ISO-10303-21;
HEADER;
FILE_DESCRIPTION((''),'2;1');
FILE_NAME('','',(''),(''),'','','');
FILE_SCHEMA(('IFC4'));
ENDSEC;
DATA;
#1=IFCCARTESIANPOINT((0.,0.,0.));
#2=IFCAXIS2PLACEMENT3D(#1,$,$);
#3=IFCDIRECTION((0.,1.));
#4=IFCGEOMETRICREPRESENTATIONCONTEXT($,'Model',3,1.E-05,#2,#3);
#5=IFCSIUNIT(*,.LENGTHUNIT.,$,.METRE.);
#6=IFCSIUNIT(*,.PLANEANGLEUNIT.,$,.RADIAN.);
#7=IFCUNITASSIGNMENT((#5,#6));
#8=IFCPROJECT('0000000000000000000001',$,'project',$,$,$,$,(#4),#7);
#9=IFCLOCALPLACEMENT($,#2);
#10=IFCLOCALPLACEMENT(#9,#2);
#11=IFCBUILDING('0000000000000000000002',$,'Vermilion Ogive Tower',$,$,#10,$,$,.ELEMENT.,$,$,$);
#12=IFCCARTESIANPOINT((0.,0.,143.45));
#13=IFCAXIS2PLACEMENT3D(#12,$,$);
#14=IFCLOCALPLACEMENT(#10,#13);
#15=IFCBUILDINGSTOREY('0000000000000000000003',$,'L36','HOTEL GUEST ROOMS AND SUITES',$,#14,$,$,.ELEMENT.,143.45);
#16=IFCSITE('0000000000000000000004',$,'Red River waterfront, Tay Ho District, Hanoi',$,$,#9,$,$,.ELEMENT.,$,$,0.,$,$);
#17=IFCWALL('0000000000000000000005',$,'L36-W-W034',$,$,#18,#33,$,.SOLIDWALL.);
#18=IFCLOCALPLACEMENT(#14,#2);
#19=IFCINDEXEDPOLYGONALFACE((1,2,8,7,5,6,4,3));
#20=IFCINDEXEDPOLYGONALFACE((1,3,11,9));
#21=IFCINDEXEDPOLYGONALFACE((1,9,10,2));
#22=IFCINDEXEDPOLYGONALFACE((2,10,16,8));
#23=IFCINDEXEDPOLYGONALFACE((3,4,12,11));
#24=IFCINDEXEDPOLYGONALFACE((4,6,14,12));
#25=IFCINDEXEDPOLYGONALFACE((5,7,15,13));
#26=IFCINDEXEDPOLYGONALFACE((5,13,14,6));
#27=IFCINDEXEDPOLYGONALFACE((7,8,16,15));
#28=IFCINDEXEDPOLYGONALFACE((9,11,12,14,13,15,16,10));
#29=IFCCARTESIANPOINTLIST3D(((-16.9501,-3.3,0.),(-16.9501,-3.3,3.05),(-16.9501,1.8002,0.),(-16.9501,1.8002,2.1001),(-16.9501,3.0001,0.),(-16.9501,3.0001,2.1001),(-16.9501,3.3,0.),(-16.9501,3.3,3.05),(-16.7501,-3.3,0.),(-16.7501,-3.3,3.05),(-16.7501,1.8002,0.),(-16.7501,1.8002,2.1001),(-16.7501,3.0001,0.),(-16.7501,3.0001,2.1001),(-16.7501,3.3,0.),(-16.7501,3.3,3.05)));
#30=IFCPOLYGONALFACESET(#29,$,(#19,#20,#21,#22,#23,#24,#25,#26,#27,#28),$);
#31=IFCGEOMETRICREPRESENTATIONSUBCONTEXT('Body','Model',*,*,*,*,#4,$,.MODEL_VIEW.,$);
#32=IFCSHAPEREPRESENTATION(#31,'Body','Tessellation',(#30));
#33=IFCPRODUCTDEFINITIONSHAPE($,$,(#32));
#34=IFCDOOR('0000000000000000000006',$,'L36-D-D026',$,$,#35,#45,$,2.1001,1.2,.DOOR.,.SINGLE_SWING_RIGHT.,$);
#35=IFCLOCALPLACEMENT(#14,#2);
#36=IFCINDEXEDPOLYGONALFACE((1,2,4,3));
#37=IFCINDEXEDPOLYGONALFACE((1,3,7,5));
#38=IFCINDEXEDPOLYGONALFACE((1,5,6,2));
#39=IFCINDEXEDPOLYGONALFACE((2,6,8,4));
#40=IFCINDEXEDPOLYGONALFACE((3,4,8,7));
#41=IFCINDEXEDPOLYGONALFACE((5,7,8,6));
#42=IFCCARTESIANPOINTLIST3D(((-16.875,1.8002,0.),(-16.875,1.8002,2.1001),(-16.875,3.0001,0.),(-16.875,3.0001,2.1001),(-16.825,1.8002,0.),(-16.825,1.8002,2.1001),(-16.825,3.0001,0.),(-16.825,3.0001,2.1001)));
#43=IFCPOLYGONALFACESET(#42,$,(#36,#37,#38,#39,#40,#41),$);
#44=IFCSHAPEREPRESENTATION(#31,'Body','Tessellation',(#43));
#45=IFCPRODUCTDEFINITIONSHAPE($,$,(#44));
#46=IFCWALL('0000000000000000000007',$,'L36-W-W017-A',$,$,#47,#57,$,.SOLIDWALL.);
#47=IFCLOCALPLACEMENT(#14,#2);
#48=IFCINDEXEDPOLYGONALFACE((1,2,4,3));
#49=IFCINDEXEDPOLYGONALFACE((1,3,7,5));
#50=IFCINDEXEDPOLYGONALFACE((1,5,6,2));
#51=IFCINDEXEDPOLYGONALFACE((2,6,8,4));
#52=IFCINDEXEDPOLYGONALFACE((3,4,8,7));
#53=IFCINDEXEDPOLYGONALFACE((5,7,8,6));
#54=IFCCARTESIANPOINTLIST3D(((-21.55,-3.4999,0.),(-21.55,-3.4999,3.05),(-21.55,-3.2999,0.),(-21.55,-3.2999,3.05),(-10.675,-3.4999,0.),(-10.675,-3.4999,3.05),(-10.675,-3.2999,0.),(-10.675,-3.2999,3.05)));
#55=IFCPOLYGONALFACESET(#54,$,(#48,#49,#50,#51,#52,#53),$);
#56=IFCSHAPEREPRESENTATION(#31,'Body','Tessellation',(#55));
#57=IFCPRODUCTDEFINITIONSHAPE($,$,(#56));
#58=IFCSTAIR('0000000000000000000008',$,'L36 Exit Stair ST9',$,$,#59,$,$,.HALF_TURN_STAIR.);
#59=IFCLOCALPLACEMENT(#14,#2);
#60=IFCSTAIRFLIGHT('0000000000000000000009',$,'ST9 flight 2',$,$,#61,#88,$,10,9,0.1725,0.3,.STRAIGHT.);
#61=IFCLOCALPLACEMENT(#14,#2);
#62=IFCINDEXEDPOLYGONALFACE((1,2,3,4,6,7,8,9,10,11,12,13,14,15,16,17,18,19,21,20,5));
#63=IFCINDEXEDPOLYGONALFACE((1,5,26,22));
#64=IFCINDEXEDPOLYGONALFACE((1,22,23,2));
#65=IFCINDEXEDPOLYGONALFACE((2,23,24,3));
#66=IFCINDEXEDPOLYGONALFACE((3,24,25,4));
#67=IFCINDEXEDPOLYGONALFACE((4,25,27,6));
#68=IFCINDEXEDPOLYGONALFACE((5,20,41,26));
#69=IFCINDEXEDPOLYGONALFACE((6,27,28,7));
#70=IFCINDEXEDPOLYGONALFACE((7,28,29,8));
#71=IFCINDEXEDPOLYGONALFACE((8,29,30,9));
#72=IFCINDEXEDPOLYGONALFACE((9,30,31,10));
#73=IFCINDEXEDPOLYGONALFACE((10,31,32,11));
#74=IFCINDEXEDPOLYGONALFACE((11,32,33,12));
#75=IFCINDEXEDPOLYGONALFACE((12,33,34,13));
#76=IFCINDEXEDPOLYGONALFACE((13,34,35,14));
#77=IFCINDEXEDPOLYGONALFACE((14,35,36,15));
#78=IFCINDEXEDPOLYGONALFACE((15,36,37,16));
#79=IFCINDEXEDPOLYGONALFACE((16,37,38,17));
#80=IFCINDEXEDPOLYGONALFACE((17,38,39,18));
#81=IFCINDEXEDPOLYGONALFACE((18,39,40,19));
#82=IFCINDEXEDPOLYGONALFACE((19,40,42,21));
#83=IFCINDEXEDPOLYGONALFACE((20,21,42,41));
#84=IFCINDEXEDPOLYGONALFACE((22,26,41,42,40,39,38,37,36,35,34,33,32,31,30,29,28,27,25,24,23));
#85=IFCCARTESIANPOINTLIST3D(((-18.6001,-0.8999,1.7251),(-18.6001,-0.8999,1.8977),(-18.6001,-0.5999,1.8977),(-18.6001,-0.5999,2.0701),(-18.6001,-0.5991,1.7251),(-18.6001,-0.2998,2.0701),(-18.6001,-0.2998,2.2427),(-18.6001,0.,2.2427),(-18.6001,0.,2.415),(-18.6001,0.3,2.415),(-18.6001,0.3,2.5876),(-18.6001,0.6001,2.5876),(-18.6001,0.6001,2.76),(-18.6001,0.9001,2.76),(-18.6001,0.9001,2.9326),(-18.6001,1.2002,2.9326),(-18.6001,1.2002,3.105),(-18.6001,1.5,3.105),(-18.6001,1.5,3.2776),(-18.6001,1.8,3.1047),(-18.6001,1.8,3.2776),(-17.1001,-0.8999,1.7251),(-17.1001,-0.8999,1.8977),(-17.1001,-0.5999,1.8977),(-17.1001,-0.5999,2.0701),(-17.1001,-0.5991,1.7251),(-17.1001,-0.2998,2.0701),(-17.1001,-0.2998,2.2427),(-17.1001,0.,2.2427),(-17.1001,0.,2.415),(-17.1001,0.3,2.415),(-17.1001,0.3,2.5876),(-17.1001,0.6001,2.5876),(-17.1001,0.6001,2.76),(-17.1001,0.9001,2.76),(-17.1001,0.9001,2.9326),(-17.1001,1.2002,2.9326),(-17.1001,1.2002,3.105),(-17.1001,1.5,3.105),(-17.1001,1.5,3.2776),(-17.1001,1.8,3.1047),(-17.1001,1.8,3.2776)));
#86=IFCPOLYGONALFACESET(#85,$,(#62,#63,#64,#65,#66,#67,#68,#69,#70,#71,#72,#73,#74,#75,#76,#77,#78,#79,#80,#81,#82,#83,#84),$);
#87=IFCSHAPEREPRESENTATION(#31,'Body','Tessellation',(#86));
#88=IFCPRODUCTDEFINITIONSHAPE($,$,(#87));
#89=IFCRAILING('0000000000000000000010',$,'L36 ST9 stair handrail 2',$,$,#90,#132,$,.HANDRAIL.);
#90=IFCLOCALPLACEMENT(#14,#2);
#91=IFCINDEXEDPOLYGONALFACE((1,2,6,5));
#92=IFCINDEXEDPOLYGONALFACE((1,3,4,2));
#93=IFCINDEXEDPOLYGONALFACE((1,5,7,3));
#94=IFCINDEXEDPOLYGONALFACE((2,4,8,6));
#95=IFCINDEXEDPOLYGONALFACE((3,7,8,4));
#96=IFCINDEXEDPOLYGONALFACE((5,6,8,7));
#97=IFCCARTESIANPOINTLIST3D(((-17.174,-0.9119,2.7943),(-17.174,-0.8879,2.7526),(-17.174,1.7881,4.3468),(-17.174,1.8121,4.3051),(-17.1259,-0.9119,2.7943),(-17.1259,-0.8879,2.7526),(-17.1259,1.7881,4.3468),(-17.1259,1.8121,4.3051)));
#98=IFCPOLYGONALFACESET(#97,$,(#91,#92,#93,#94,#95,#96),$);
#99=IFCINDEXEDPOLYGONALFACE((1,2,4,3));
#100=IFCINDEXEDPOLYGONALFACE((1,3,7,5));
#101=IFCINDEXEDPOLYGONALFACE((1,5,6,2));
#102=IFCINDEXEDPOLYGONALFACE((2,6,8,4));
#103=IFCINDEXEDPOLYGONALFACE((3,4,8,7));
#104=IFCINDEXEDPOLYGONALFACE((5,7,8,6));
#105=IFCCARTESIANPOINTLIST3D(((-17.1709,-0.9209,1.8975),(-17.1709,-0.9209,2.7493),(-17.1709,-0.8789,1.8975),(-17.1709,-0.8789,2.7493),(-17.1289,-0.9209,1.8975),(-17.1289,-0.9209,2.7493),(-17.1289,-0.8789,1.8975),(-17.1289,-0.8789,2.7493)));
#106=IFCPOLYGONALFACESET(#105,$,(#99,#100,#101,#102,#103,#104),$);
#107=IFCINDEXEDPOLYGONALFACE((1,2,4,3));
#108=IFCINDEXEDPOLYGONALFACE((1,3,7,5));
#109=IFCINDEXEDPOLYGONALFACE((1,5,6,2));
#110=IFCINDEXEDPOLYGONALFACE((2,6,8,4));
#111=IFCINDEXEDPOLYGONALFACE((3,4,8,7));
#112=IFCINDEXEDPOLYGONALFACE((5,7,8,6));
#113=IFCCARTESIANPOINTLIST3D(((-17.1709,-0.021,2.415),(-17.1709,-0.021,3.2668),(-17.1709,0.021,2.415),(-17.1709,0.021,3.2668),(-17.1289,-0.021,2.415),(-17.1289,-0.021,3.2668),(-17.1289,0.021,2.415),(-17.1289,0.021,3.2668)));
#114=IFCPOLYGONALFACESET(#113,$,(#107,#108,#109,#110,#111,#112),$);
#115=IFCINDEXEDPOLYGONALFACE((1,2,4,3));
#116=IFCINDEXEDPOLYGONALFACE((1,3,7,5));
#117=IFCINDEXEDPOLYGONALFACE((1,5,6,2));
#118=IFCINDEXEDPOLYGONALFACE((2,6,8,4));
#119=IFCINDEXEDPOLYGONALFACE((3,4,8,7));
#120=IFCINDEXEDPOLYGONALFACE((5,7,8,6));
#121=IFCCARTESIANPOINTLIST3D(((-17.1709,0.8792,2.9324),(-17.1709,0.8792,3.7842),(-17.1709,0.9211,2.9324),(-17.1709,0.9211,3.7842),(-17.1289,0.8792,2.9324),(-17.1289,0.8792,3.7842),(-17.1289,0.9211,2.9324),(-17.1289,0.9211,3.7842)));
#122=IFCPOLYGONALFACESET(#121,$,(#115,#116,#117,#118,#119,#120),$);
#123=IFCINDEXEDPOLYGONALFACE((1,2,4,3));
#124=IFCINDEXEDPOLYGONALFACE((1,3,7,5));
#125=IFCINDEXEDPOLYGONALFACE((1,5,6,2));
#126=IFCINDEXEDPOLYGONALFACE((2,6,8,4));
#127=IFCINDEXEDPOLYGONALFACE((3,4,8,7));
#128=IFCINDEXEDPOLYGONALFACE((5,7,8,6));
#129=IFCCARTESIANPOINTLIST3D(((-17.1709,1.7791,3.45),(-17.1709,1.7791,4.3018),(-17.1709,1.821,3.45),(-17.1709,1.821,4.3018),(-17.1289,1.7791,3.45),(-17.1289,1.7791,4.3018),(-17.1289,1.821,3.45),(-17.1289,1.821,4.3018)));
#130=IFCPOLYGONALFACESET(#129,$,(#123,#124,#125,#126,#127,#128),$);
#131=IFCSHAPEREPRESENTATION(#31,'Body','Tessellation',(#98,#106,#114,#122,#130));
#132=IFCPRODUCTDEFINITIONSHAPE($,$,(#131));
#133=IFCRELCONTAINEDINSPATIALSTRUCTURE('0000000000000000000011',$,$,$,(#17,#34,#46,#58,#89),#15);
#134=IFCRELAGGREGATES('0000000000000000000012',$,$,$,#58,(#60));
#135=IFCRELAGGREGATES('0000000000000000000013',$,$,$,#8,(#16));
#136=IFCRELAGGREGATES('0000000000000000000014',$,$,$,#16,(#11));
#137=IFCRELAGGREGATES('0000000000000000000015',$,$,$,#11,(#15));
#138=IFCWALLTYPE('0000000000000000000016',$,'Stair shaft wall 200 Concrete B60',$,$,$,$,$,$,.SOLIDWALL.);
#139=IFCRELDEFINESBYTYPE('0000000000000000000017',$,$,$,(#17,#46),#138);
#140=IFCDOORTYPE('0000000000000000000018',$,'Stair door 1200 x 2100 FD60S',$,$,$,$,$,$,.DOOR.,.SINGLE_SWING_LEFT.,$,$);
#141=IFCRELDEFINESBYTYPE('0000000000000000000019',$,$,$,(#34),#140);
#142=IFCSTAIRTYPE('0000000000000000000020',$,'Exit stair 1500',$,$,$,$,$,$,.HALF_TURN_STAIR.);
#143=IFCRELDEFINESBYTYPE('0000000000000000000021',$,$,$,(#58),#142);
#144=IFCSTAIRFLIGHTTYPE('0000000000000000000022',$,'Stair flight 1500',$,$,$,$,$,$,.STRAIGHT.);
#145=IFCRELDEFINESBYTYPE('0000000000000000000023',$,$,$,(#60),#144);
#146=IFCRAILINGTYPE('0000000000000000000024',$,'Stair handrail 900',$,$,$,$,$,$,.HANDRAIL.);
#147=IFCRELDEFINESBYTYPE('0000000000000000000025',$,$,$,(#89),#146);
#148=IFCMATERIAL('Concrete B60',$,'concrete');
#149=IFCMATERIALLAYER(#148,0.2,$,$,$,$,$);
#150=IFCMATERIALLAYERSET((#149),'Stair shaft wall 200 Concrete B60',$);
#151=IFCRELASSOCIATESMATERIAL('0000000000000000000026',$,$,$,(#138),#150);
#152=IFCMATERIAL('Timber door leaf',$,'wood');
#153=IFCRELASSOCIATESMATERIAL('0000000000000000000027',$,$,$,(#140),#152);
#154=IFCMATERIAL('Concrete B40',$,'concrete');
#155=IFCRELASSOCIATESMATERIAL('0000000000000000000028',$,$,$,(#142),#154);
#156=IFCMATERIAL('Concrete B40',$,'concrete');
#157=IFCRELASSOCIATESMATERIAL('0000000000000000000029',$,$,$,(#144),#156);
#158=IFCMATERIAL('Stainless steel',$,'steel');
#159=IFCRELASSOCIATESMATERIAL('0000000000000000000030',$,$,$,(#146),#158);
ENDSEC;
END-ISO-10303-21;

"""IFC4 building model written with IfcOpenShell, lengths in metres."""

from ifc_helpers import new_model, si_unit, direction, frame, frame_2d, origin, origin_2d, place, context, subcontext, project, spatial, polyline, rectangle, outline, extrude, material, layer, layer_set, type_object, element, fill, aggregate, save


model = new_model("IFC4")

# Units and contexts
model_context = context("Model", 3, precision=1e-05, world=origin(), true_north=direction((0.0, 1.0)))
body_context = subcontext(model_context, "Body", "Model", "MODEL_VIEW")
ifc_project = project(units=[si_unit("LENGTHUNIT", "METRE"), si_unit("PLANEANGLEUNIT", "RADIAN")], contexts=[model_context])

# Site, building, storey
site_placement = place(None, origin())
site = spatial("IfcSite", under=ifc_project, at=site_placement, Name="Red River waterfront, Tay Ho District, Hanoi", CompositionType="ELEMENT", RefElevation=0.0)
building_placement = place(site_placement, origin())
building = spatial("IfcBuilding", under=site, at=building_placement, Name="Vermilion Ogive Tower", CompositionType="ELEMENT")
storey_placement = place(building_placement, frame((0.0, 0.0, 143.45)))
storey = spatial("IfcBuildingStorey", under=building, at=storey_placement, Name="L36", Description="HOTEL GUEST ROOMS AND SUITES", CompositionType="ELEMENT", Elevation=143.45)

# Shared definitions
ifc_material_1 = material(Name="Concrete B60", Category="concrete")
ifc_layer_1 = layer(ifc_material_1, 0.2)
ifc_layer_set_1 = layer_set([ifc_layer_1], Name="Stair shaft wall 200 Concrete B60")
wall_type_1 = type_object("IfcWallType", Name="Stair shaft wall 200 Concrete B60", PredefinedType="SOLIDWALL", material=ifc_layer_set_1)

# Wall, opening, door
wall_1_placement = place(storey_placement, frame((-16.8501, -3.3, 0.0), z_axis=(0.0, 0.0, 1.0), x_axis=(0.0, 1.0, 0.0)))
wall_1 = element("IfcWall", 1, at=wall_1_placement, inside=storey, type_object=wall_type_1, Name="L36-W-W034", PredefinedType="SOLIDWALL", context=body_context, shape_type="SweptSolid", body=[
    extrude(rectangle(XDim=6.6001, YDim=0.2, at=frame_2d((3.3, 0.0))), origin(), (0.0, 0.0, 1.0), 3.05),
])
opening_1_placement = place(wall_1_placement, frame((5.1001, 0.0, 0.0)))
opening_1 = element("IfcOpeningElement", 2, at=opening_1_placement, cuts=wall_1, PredefinedType="OPENING", context=body_context, shape_type="SweptSolid", body=[
    extrude(rectangle(XDim=1.2, YDim=2.1001, at=frame_2d((0.6001, 1.05))), frame((0.0, 0.1099, 0.0), z_axis=(0.0, -1.0, 0.0), x_axis=(1.0, 0.0, 0.0)), (0.0, 0.0, 1.0), 0.22),
])
ifc_material_2 = material(Name="Timber door leaf", Category="wood")
door_type_1 = type_object("IfcDoorType", Name="Stair door 1200 x 2100 FD60S", OperationType="SINGLE_SWING_LEFT", PredefinedType="DOOR", material=ifc_material_2)
door_1_placement = place(opening_1_placement, origin())
door_1 = element("IfcDoor", 3, at=door_1_placement, inside=storey, type_object=door_type_1, Name="L36-D-D026", OperationType="SINGLE_SWING_RIGHT", OverallHeight=2.1001, OverallWidth=1.2, PredefinedType="DOOR", context=body_context, shape_type="SweptSolid", body=[
    extrude(rectangle(XDim=1.2, YDim=2.1001, at=frame_2d((0.6001, 1.05))), frame((0.0, 0.0249, 0.0), z_axis=(0.0, -1.0, 0.0), x_axis=(1.0, 0.0, 0.0)), (0.0, 0.0, 1.0), 0.05),
])
fill(opening_1, door_1)

# Wall
wall_2_placement = place(storey_placement, frame((-21.55, -3.3999, 0.0), z_axis=(0.0, 0.0, 1.0), x_axis=(1.0, 0.0, 0.0)))
element("IfcWall", 4, at=wall_2_placement, inside=storey, type_object=wall_type_1, Name="L36-W-W017-A", PredefinedType="SOLIDWALL", context=body_context, shape_type="SweptSolid", body=[
    extrude(rectangle(XDim=10.875, YDim=0.2, at=frame_2d((5.4375, 0.0))), origin(), (0.0, 0.0, 1.0), 3.05),
])

# Stair, stair flight
ifc_material_3 = material(Name="Concrete B40", Category="concrete")
stair_type = type_object("IfcStairType", Name="Exit stair 1500", PredefinedType="HALF_TURN_STAIR", material=ifc_material_3)
stair_placement = place(storey_placement, origin())
stair = element("IfcStair", 5, at=stair_placement, inside=storey, type_object=stair_type, Name="L36 Exit Stair ST9", PredefinedType="HALF_TURN_STAIR")
ifc_material_4 = material(Name="Concrete B40", Category="concrete")
stair_flight_type = type_object("IfcStairFlightType", Name="Stair flight 1500", PredefinedType="STRAIGHT", material=ifc_material_4)
stair_flight_placement = place(storey_placement, frame((-17.8501, -0.8999, 1.7251), z_axis=(0.0, 0.0, 1.0), x_axis=(0.0, 1.0, 0.0)))
stair_flight = element("IfcStairFlight", 6, at=stair_flight_placement, type_object=stair_flight_type, Name="ST9 flight 2", NumberOfRisers=10, NumberOfTreads=9, PredefinedType="STRAIGHT", RiserHeight=0.1725, TreadLength=0.3, context=body_context, shape_type="SweptSolid", body=[
    extrude(outline(polyline([(0.0, 0.0), (0.0, 0.1726), (0.3, 0.1726), (0.3, 0.345), (0.6001, 0.345), (0.6001, 0.5176), (0.8999, 0.5176), (0.8999, 0.6899), (1.2, 0.6899), (1.2, 0.8625), (1.5, 0.8625), (1.5, 1.0349), (1.8, 1.0349), (1.8, 1.2075), (2.1001, 1.2075), (2.1001, 1.3799), (2.3999, 1.3799), (2.3999, 1.5525), (2.7, 1.5525), (2.7, 1.7251), (2.7, 1.3796), (0.3008, 0.0), (0.0, 0.0)])), frame((0.0, 0.75, 0.0), z_axis=(0.0, -1.0, 0.0), x_axis=(1.0, 0.0, 0.0)), (0.0, 0.0, 1.0), 1.5),
])
aggregate(stair, [stair_flight])

# Railing
ifc_material_5 = material(Name="Stainless steel", Category="steel")
railing_type = type_object("IfcRailingType", Name="Stair handrail 900", PredefinedType="HANDRAIL", material=ifc_material_5)
railing_placement = place(storey_placement, frame((-17.1499, -0.8999, 1.8975)))
element("IfcRailing", 7, at=railing_placement, inside=storey, type_object=railing_type, Name="L36 ST9 stair handrail 2", PredefinedType="HANDRAIL", context=body_context, shape_type="SweptSolid", body=[
    extrude(rectangle(XDim=0.0481, YDim=0.0481, at=origin_2d()), frame((0.0, 0.0, 0.876), z_axis=(0.0, 0.866904, 0.498476), x_axis=(-1.0, 0.0, 0.0)), (0.0, 0.0, 1.0), 3.1145),
    extrude(rectangle(XDim=0.042, YDim=0.042, at=origin_2d()), origin(), (0.0, 0.0, 1.0), 0.8518),
    extrude(rectangle(XDim=0.042, YDim=0.042, at=origin_2d()), frame((0.0, 0.8999, 0.5176)), (0.0, 0.0, 1.0), 0.8518),
    extrude(rectangle(XDim=0.042, YDim=0.042, at=origin_2d()), frame((0.0, 1.8, 1.0349)), (0.0, 0.0, 1.0), 0.8518),
    extrude(rectangle(XDim=0.042, YDim=0.042, at=origin_2d()), frame((0.0, 2.7, 1.5525)), (0.0, 0.0, 1.0), 0.8518),
])

save(model, "model.ifc")
